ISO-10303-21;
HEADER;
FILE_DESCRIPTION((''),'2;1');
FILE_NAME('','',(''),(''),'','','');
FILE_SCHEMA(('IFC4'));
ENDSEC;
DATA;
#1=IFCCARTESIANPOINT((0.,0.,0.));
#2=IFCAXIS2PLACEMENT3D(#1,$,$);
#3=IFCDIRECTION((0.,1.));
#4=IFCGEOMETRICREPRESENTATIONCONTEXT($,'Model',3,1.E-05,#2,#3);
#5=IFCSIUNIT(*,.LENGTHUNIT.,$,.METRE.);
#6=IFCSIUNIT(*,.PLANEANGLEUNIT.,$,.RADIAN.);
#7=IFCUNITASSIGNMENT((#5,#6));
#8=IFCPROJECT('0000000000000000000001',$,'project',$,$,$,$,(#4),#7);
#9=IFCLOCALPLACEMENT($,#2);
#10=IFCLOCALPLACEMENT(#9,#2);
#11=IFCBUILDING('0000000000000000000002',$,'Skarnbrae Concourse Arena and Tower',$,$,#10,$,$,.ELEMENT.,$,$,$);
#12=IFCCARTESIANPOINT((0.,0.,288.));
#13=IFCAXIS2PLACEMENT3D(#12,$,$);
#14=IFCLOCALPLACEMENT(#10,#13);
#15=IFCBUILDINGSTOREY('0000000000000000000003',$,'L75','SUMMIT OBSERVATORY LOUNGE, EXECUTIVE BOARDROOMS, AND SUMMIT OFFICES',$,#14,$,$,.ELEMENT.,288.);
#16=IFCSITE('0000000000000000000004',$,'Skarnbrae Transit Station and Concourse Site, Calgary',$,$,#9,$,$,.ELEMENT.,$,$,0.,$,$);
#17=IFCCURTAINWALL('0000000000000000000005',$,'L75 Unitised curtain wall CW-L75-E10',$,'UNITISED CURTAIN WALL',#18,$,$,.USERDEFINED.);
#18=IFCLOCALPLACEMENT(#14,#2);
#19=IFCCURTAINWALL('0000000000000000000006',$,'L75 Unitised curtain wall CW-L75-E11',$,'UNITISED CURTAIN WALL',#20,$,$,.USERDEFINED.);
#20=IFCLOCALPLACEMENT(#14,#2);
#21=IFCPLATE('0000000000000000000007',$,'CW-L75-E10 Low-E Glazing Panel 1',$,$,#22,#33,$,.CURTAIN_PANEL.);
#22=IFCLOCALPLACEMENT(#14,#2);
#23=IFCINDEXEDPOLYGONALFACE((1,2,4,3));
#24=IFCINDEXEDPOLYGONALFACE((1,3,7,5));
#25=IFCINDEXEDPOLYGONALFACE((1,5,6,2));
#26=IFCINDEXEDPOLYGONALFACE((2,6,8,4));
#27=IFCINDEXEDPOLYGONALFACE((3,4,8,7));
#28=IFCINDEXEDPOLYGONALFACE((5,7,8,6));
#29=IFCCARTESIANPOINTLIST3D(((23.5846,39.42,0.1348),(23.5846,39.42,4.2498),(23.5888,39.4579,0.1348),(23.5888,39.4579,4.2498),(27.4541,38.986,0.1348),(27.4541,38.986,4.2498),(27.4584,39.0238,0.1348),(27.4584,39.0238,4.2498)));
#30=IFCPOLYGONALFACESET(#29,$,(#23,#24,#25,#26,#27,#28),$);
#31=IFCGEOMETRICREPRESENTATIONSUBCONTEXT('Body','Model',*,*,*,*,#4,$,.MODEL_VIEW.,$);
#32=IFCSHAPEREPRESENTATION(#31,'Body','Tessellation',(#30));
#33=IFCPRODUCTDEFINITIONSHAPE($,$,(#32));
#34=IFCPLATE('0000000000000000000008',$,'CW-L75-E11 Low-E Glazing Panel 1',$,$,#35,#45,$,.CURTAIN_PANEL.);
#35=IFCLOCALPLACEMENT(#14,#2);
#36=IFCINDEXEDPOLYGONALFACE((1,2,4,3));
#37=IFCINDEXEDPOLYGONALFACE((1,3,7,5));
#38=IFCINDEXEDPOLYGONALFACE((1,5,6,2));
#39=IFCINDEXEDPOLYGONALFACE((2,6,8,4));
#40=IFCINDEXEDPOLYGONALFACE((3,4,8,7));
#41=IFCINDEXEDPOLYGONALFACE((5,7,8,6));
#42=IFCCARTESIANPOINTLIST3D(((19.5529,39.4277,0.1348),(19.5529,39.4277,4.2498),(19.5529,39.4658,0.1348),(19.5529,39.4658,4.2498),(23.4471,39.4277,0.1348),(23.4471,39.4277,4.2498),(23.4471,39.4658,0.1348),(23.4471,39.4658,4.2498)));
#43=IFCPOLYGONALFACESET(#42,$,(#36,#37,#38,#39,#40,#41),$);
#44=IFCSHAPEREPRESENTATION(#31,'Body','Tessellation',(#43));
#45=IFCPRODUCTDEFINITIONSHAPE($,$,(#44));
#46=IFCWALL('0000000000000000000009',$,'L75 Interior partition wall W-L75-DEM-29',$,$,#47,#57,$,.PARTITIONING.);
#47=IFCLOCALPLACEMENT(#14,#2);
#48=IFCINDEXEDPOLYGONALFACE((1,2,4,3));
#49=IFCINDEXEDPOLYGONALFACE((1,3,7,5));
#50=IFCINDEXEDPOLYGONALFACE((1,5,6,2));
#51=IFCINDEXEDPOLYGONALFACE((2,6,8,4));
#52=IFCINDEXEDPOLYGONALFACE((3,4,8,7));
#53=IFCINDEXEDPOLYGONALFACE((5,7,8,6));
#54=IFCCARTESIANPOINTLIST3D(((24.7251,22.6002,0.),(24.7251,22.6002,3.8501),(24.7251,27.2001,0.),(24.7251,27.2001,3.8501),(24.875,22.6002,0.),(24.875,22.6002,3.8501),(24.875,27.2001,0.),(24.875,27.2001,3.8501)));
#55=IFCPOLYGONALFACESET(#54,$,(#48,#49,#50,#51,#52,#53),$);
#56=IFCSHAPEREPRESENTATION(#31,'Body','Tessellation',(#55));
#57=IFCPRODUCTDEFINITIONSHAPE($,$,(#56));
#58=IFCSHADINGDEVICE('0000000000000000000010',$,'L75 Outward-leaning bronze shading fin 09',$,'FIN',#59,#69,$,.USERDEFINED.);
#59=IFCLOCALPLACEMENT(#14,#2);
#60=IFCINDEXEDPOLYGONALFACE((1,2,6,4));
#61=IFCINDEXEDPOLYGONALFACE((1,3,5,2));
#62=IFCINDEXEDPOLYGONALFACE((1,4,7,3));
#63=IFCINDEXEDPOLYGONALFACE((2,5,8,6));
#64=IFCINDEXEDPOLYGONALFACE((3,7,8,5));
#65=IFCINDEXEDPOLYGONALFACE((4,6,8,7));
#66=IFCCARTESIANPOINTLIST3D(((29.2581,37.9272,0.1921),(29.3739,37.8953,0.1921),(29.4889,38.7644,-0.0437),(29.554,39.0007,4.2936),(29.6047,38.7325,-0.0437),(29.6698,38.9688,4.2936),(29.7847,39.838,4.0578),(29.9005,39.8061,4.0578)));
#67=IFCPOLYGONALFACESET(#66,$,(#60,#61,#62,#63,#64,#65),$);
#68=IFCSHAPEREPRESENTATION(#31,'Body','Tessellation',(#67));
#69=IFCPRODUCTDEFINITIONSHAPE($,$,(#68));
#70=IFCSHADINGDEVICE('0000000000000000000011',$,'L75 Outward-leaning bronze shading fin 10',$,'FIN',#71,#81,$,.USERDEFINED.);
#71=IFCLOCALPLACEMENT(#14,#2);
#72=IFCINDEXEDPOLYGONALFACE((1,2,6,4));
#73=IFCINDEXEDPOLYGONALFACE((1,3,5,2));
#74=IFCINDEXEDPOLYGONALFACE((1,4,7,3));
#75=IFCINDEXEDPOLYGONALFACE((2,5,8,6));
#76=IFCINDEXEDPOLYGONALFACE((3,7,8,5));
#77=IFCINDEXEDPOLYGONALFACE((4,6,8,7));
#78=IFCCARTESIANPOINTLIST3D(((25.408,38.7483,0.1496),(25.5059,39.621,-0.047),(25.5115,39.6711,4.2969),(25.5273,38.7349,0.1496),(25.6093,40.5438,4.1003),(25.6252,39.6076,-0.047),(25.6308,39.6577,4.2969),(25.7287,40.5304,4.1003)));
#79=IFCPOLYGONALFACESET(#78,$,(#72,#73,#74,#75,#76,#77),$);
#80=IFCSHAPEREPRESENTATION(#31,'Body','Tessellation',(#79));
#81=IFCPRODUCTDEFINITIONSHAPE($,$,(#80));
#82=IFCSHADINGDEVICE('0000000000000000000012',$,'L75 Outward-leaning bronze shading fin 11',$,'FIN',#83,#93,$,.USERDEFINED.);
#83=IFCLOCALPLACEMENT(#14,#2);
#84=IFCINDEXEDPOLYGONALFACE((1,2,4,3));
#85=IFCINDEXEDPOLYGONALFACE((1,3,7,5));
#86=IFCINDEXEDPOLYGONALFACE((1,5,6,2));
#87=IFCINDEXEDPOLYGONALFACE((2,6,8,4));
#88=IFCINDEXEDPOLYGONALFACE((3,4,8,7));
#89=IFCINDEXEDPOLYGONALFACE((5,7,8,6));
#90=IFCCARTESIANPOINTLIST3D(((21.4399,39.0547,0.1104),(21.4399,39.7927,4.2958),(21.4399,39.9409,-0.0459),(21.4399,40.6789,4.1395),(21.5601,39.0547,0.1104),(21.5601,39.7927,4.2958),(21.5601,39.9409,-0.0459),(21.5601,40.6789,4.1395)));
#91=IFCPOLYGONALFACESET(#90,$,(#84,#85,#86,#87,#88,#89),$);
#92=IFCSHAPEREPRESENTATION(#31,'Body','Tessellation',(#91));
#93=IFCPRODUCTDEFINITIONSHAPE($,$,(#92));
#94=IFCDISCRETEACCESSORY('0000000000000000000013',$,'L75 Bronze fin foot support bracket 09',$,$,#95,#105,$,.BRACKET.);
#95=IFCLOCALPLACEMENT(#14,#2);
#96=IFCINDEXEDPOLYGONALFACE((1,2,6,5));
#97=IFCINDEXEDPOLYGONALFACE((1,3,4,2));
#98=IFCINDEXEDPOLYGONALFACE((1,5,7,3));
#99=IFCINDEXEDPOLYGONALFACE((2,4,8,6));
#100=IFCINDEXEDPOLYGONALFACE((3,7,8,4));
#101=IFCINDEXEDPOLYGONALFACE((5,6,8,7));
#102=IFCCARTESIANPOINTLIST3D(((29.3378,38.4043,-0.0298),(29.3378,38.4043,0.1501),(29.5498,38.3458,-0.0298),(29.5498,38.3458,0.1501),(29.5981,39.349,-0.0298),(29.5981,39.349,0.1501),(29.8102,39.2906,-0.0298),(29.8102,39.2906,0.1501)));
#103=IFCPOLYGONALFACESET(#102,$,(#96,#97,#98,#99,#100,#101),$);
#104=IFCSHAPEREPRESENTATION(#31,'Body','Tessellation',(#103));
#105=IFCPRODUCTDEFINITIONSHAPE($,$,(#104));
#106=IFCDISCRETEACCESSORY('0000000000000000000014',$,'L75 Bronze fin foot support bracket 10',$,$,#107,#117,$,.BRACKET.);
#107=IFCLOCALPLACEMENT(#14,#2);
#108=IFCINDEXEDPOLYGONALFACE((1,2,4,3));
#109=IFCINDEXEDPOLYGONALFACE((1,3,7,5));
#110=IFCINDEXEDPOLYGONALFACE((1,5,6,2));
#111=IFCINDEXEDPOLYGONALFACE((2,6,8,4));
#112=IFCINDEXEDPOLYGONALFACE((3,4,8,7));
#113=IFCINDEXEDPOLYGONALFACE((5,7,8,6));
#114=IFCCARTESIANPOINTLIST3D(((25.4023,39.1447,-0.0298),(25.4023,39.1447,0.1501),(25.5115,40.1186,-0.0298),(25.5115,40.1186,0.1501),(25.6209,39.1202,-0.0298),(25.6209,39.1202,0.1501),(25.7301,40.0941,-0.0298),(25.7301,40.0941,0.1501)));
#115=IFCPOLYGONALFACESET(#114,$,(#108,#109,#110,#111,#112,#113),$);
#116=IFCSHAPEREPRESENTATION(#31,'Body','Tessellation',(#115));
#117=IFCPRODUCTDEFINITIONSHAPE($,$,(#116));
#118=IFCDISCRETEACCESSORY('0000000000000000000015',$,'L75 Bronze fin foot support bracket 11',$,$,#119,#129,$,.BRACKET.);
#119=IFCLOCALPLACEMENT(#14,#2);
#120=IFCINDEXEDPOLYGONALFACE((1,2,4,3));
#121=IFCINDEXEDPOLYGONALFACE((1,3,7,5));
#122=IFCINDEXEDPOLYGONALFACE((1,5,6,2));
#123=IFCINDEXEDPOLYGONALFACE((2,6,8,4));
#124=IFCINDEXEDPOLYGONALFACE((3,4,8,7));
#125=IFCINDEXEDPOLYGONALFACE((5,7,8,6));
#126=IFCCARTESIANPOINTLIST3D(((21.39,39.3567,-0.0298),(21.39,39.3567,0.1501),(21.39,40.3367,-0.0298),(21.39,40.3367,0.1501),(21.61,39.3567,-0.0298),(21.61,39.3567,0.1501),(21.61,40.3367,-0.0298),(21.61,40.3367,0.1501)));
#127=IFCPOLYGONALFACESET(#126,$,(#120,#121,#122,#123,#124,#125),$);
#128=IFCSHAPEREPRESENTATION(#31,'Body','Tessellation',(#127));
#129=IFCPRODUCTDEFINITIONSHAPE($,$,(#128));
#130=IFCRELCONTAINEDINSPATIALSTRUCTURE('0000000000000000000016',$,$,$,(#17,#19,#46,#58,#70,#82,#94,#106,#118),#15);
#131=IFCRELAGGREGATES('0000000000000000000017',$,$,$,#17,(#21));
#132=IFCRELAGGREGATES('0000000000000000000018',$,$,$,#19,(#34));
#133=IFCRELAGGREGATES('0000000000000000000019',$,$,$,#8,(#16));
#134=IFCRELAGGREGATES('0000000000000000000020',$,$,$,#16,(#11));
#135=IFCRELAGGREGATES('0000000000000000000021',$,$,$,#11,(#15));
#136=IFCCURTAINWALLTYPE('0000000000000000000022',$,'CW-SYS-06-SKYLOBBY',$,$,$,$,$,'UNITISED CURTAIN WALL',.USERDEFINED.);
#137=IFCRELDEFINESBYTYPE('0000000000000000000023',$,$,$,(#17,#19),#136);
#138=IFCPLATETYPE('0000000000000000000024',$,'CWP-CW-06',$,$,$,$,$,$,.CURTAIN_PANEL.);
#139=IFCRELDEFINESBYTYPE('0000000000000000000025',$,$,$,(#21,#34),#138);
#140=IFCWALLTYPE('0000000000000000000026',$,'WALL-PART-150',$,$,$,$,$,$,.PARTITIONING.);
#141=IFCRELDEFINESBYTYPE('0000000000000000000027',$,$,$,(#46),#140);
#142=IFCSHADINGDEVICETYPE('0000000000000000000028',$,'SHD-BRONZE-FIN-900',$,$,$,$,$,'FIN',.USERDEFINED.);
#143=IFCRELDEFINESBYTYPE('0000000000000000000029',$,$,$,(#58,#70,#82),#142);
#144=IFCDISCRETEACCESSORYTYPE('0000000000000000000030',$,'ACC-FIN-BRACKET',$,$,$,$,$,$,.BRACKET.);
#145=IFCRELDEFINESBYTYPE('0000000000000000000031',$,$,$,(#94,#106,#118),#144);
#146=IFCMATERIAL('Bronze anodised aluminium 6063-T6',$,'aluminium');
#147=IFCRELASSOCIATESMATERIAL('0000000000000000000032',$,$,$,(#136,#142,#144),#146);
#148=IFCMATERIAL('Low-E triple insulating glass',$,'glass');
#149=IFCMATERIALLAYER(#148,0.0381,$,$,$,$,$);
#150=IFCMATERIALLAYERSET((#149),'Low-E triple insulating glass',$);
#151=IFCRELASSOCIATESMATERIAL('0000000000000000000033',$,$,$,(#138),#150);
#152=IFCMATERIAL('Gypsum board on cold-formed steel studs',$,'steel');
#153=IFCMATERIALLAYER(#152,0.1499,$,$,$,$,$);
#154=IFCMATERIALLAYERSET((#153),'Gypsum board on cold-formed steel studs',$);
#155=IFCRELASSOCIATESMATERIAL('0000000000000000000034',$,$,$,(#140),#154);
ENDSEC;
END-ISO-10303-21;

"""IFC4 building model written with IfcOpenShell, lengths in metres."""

from ifc_helpers import new_model, si_unit, direction, frame, frame_2d, origin, origin_2d, place, context, subcontext, project, spatial, rectangle, extrude, source, transform, mapped, material, layer, layer_set, type_object, element, aggregate, save


model = new_model("IFC4")

# Units and contexts
model_context = context("Model", 3, precision=1e-05, world=origin(), true_north=direction((0.0, 1.0)))
body_context = subcontext(model_context, "Body", "Model", "MODEL_VIEW")
ifc_project = project(units=[si_unit("LENGTHUNIT", "METRE"), si_unit("PLANEANGLEUNIT", "RADIAN")], contexts=[model_context])

# Site, building, storey
site_placement = place(None, origin())
site = spatial("IfcSite", under=ifc_project, at=site_placement, Name="Skarnbrae Transit Station and Concourse Site, Calgary", CompositionType="ELEMENT", RefElevation=0.0)
building_placement = place(site_placement, origin())
building = spatial("IfcBuilding", under=site, at=building_placement, Name="Skarnbrae Concourse Arena and Tower", CompositionType="ELEMENT")
storey_placement = place(building_placement, frame((0.0, 0.0, 288.0)))
storey = spatial("IfcBuildingStorey", under=building, at=storey_placement, Name="L75", Description="SUMMIT OBSERVATORY LOUNGE, EXECUTIVE BOARDROOMS, AND SUMMIT OFFICES", CompositionType="ELEMENT", Elevation=288.0)

# Curtain wall
ifc_material_1 = material(Name="Bronze anodised aluminium 6063-T6", Category="aluminium")
curtain_wall_type = type_object("IfcCurtainWallType", Name="CW-SYS-06-SKYLOBBY", ElementType="UNITISED CURTAIN WALL", PredefinedType="USERDEFINED", material=ifc_material_1)
curtain_wall_1_placement = place(storey_placement, origin())
curtain_wall_1 = element("IfcCurtainWall", 1, at=curtain_wall_1_placement, inside=storey, type_object=curtain_wall_type, Name="L75 Unitised curtain wall CW-L75-E10", ObjectType="UNITISED CURTAIN WALL", PredefinedType="USERDEFINED")

# Curtain wall
curtain_wall_2_placement = place(storey_placement, origin())
curtain_wall_2 = element("IfcCurtainWall", 2, at=curtain_wall_2_placement, inside=storey, type_object=curtain_wall_type, Name="L75 Unitised curtain wall CW-L75-E11", ObjectType="UNITISED CURTAIN WALL", PredefinedType="USERDEFINED")

# Plates
ifc_material_2 = material(Name="Low-E triple insulating glass", Category="glass")
ifc_layer_1 = layer(ifc_material_2, 0.0381)
ifc_layer_set_1 = layer_set([ifc_layer_1], Name="Low-E triple insulating glass")
plate_type_1 = type_object("IfcPlateType", Name="CWP-CW-06", PredefinedType="CURTAIN_PANEL", material=ifc_layer_set_1)
shared_shape_1 = source(origin(), body_context, "Body", "SweptSolid", [
    extrude(rectangle(XDim=3.8938, YDim=0.0381, at=origin_2d()), origin(), (0.0, 0.0, 1.0), 4.115),
])
plate_1_placement = place(storey_placement, frame((25.5215, 39.2219, 0.1348), z_axis=(0.0, 0.0, 1.0), x_axis=(-0.993769, 0.11146, 0.0)))
plate_1 = element("IfcPlate", 3, at=plate_1_placement, type_object=plate_type_1, Name="CW-L75-E10 Low-E Glazing Panel 1", PredefinedType="CURTAIN_PANEL", context=body_context, shape_type="MappedRepresentation", body=[
    mapped(shared_shape_1, transform((0.0, 0.0, 0.0))),
])
aggregate(curtain_wall_1, [plate_1])
shared_shape_2 = source(origin(), body_context, "Body", "SweptSolid", [
    extrude(rectangle(XDim=3.8943, YDim=0.0381, at=origin_2d()), origin(), (0.0, 0.0, 1.0), 4.115),
])
plate_2_placement = place(storey_placement, frame((21.5, 39.4468, 0.1348), z_axis=(0.0, 0.0, 1.0), x_axis=(-1.0, 0.0, 0.0)))
plate_2 = element("IfcPlate", 4, at=plate_2_placement, type_object=plate_type_1, Name="CW-L75-E11 Low-E Glazing Panel 1", PredefinedType="CURTAIN_PANEL", context=body_context, shape_type="MappedRepresentation", body=[
    mapped(shared_shape_2, transform((0.0, 0.0, 0.0))),
])
aggregate(curtain_wall_2, [plate_2])

# Wall
ifc_material_3 = material(Name="Gypsum board on cold-formed steel studs", Category="steel")
ifc_layer_2 = layer(ifc_material_3, 0.1499)
ifc_layer_set_2 = layer_set([ifc_layer_2], Name="Gypsum board on cold-formed steel studs")
wall_type = type_object("IfcWallType", Name="WALL-PART-150", PredefinedType="PARTITIONING", material=ifc_layer_set_2)
shared_shape_3 = source(origin(), body_context, "Body", "SweptSolid", [
    extrude(rectangle(XDim=4.5999, YDim=0.1499, at=frame_2d((2.2998, 0.0))), origin(), (0.0, 0.0, 1.0), 3.8501),
])
wall_placement = place(storey_placement, frame((24.8, 27.2, 0.0), z_axis=(0.0, 0.0, 1.0), x_axis=(0.0, -1.0, 0.0)))
element("IfcWall", 5, at=wall_placement, inside=storey, type_object=wall_type, Name="L75 Interior partition wall W-L75-DEM-29", PredefinedType="PARTITIONING", context=body_context, shape_type="MappedRepresentation", body=[
    mapped(shared_shape_3, transform((0.0, 0.0, 0.0))),
])

# Shading devices
shading_device_type = type_object("IfcShadingDeviceType", Name="SHD-BRONZE-FIN-900", ElementType="FIN", PredefinedType="USERDEFINED", material=ifc_material_1)
shared_shape_4 = source(origin(), body_context, "Body", "SweptSolid", [
    extrude(rectangle(XDim=0.1201, YDim=0.8999, at=origin_2d()), origin(), (0.0, 0.0, 1.0), 4.25),
])
for number, where, z_axis, x_axis, name in (
    (6, (29.4314, 38.3298, 0.0742), (0.069616, 0.252603, 0.965062), (0.964058, -0.265691, 0.0), "L75 Outward-leaning bronze shading fin 09"),
    (7, (25.5166, 39.178, 0.0513), (0.02435, 0.217123, 0.975841), (0.99377, -0.111452, 0.0), "L75 Outward-leaning bronze shading fin 10"),
    (8, (21.5, 39.4978, 0.0322), (0.0, 0.173648, 0.984808), (1.0, 0.0, 0.0), "L75 Outward-leaning bronze shading fin 11"),
):
    element("IfcShadingDevice", number, at=place(storey_placement, frame(where, z_axis=z_axis, x_axis=x_axis)), inside=storey, type_object=shading_device_type, Name=name, ObjectType="FIN", PredefinedType="USERDEFINED", context=body_context, shape_type="MappedRepresentation", body=[
        mapped(shared_shape_4, transform((0.0, 0.0, 0.0))),
    ])

# Discrete accessories
discrete_accessory_type = type_object("IfcDiscreteAccessoryType", Name="ACC-FIN-BRACKET", PredefinedType="BRACKET", material=ifc_material_1)
shared_shape_5 = source(origin(), body_context, "Body", "SweptSolid", [
    extrude(rectangle(XDim=0.22, YDim=0.98, at=origin_2d()), origin(), (0.0, 0.0, 1.0), 0.1799),
])
for number, where, z_axis, x_axis, name in (
    (9, (29.574, 38.8474, -0.0298), (0.0, 0.0, 1.0), (0.964058, -0.265691, 0.0), "L75 Bronze fin foot support bracket 09"),
    (10, (25.5662, 39.6194, -0.0298), (0.0, 0.0, 1.0), (0.99377, -0.111452, 0.0), "L75 Bronze fin foot support bracket 10"),
    (11, (21.5, 39.8467, -0.0298), (0.0, 0.0, 1.0), (1.0, 0.0, 0.0), "L75 Bronze fin foot support bracket 11"),
):
    element("IfcDiscreteAccessory", number, at=place(storey_placement, frame(where, z_axis=z_axis, x_axis=x_axis)), inside=storey, type_object=discrete_accessory_type, Name=name, PredefinedType="BRACKET", context=body_context, shape_type="MappedRepresentation", body=[
        mapped(shared_shape_5, transform((0.0, 0.0, 0.0))),
    ])

save(model, "model.ifc")
